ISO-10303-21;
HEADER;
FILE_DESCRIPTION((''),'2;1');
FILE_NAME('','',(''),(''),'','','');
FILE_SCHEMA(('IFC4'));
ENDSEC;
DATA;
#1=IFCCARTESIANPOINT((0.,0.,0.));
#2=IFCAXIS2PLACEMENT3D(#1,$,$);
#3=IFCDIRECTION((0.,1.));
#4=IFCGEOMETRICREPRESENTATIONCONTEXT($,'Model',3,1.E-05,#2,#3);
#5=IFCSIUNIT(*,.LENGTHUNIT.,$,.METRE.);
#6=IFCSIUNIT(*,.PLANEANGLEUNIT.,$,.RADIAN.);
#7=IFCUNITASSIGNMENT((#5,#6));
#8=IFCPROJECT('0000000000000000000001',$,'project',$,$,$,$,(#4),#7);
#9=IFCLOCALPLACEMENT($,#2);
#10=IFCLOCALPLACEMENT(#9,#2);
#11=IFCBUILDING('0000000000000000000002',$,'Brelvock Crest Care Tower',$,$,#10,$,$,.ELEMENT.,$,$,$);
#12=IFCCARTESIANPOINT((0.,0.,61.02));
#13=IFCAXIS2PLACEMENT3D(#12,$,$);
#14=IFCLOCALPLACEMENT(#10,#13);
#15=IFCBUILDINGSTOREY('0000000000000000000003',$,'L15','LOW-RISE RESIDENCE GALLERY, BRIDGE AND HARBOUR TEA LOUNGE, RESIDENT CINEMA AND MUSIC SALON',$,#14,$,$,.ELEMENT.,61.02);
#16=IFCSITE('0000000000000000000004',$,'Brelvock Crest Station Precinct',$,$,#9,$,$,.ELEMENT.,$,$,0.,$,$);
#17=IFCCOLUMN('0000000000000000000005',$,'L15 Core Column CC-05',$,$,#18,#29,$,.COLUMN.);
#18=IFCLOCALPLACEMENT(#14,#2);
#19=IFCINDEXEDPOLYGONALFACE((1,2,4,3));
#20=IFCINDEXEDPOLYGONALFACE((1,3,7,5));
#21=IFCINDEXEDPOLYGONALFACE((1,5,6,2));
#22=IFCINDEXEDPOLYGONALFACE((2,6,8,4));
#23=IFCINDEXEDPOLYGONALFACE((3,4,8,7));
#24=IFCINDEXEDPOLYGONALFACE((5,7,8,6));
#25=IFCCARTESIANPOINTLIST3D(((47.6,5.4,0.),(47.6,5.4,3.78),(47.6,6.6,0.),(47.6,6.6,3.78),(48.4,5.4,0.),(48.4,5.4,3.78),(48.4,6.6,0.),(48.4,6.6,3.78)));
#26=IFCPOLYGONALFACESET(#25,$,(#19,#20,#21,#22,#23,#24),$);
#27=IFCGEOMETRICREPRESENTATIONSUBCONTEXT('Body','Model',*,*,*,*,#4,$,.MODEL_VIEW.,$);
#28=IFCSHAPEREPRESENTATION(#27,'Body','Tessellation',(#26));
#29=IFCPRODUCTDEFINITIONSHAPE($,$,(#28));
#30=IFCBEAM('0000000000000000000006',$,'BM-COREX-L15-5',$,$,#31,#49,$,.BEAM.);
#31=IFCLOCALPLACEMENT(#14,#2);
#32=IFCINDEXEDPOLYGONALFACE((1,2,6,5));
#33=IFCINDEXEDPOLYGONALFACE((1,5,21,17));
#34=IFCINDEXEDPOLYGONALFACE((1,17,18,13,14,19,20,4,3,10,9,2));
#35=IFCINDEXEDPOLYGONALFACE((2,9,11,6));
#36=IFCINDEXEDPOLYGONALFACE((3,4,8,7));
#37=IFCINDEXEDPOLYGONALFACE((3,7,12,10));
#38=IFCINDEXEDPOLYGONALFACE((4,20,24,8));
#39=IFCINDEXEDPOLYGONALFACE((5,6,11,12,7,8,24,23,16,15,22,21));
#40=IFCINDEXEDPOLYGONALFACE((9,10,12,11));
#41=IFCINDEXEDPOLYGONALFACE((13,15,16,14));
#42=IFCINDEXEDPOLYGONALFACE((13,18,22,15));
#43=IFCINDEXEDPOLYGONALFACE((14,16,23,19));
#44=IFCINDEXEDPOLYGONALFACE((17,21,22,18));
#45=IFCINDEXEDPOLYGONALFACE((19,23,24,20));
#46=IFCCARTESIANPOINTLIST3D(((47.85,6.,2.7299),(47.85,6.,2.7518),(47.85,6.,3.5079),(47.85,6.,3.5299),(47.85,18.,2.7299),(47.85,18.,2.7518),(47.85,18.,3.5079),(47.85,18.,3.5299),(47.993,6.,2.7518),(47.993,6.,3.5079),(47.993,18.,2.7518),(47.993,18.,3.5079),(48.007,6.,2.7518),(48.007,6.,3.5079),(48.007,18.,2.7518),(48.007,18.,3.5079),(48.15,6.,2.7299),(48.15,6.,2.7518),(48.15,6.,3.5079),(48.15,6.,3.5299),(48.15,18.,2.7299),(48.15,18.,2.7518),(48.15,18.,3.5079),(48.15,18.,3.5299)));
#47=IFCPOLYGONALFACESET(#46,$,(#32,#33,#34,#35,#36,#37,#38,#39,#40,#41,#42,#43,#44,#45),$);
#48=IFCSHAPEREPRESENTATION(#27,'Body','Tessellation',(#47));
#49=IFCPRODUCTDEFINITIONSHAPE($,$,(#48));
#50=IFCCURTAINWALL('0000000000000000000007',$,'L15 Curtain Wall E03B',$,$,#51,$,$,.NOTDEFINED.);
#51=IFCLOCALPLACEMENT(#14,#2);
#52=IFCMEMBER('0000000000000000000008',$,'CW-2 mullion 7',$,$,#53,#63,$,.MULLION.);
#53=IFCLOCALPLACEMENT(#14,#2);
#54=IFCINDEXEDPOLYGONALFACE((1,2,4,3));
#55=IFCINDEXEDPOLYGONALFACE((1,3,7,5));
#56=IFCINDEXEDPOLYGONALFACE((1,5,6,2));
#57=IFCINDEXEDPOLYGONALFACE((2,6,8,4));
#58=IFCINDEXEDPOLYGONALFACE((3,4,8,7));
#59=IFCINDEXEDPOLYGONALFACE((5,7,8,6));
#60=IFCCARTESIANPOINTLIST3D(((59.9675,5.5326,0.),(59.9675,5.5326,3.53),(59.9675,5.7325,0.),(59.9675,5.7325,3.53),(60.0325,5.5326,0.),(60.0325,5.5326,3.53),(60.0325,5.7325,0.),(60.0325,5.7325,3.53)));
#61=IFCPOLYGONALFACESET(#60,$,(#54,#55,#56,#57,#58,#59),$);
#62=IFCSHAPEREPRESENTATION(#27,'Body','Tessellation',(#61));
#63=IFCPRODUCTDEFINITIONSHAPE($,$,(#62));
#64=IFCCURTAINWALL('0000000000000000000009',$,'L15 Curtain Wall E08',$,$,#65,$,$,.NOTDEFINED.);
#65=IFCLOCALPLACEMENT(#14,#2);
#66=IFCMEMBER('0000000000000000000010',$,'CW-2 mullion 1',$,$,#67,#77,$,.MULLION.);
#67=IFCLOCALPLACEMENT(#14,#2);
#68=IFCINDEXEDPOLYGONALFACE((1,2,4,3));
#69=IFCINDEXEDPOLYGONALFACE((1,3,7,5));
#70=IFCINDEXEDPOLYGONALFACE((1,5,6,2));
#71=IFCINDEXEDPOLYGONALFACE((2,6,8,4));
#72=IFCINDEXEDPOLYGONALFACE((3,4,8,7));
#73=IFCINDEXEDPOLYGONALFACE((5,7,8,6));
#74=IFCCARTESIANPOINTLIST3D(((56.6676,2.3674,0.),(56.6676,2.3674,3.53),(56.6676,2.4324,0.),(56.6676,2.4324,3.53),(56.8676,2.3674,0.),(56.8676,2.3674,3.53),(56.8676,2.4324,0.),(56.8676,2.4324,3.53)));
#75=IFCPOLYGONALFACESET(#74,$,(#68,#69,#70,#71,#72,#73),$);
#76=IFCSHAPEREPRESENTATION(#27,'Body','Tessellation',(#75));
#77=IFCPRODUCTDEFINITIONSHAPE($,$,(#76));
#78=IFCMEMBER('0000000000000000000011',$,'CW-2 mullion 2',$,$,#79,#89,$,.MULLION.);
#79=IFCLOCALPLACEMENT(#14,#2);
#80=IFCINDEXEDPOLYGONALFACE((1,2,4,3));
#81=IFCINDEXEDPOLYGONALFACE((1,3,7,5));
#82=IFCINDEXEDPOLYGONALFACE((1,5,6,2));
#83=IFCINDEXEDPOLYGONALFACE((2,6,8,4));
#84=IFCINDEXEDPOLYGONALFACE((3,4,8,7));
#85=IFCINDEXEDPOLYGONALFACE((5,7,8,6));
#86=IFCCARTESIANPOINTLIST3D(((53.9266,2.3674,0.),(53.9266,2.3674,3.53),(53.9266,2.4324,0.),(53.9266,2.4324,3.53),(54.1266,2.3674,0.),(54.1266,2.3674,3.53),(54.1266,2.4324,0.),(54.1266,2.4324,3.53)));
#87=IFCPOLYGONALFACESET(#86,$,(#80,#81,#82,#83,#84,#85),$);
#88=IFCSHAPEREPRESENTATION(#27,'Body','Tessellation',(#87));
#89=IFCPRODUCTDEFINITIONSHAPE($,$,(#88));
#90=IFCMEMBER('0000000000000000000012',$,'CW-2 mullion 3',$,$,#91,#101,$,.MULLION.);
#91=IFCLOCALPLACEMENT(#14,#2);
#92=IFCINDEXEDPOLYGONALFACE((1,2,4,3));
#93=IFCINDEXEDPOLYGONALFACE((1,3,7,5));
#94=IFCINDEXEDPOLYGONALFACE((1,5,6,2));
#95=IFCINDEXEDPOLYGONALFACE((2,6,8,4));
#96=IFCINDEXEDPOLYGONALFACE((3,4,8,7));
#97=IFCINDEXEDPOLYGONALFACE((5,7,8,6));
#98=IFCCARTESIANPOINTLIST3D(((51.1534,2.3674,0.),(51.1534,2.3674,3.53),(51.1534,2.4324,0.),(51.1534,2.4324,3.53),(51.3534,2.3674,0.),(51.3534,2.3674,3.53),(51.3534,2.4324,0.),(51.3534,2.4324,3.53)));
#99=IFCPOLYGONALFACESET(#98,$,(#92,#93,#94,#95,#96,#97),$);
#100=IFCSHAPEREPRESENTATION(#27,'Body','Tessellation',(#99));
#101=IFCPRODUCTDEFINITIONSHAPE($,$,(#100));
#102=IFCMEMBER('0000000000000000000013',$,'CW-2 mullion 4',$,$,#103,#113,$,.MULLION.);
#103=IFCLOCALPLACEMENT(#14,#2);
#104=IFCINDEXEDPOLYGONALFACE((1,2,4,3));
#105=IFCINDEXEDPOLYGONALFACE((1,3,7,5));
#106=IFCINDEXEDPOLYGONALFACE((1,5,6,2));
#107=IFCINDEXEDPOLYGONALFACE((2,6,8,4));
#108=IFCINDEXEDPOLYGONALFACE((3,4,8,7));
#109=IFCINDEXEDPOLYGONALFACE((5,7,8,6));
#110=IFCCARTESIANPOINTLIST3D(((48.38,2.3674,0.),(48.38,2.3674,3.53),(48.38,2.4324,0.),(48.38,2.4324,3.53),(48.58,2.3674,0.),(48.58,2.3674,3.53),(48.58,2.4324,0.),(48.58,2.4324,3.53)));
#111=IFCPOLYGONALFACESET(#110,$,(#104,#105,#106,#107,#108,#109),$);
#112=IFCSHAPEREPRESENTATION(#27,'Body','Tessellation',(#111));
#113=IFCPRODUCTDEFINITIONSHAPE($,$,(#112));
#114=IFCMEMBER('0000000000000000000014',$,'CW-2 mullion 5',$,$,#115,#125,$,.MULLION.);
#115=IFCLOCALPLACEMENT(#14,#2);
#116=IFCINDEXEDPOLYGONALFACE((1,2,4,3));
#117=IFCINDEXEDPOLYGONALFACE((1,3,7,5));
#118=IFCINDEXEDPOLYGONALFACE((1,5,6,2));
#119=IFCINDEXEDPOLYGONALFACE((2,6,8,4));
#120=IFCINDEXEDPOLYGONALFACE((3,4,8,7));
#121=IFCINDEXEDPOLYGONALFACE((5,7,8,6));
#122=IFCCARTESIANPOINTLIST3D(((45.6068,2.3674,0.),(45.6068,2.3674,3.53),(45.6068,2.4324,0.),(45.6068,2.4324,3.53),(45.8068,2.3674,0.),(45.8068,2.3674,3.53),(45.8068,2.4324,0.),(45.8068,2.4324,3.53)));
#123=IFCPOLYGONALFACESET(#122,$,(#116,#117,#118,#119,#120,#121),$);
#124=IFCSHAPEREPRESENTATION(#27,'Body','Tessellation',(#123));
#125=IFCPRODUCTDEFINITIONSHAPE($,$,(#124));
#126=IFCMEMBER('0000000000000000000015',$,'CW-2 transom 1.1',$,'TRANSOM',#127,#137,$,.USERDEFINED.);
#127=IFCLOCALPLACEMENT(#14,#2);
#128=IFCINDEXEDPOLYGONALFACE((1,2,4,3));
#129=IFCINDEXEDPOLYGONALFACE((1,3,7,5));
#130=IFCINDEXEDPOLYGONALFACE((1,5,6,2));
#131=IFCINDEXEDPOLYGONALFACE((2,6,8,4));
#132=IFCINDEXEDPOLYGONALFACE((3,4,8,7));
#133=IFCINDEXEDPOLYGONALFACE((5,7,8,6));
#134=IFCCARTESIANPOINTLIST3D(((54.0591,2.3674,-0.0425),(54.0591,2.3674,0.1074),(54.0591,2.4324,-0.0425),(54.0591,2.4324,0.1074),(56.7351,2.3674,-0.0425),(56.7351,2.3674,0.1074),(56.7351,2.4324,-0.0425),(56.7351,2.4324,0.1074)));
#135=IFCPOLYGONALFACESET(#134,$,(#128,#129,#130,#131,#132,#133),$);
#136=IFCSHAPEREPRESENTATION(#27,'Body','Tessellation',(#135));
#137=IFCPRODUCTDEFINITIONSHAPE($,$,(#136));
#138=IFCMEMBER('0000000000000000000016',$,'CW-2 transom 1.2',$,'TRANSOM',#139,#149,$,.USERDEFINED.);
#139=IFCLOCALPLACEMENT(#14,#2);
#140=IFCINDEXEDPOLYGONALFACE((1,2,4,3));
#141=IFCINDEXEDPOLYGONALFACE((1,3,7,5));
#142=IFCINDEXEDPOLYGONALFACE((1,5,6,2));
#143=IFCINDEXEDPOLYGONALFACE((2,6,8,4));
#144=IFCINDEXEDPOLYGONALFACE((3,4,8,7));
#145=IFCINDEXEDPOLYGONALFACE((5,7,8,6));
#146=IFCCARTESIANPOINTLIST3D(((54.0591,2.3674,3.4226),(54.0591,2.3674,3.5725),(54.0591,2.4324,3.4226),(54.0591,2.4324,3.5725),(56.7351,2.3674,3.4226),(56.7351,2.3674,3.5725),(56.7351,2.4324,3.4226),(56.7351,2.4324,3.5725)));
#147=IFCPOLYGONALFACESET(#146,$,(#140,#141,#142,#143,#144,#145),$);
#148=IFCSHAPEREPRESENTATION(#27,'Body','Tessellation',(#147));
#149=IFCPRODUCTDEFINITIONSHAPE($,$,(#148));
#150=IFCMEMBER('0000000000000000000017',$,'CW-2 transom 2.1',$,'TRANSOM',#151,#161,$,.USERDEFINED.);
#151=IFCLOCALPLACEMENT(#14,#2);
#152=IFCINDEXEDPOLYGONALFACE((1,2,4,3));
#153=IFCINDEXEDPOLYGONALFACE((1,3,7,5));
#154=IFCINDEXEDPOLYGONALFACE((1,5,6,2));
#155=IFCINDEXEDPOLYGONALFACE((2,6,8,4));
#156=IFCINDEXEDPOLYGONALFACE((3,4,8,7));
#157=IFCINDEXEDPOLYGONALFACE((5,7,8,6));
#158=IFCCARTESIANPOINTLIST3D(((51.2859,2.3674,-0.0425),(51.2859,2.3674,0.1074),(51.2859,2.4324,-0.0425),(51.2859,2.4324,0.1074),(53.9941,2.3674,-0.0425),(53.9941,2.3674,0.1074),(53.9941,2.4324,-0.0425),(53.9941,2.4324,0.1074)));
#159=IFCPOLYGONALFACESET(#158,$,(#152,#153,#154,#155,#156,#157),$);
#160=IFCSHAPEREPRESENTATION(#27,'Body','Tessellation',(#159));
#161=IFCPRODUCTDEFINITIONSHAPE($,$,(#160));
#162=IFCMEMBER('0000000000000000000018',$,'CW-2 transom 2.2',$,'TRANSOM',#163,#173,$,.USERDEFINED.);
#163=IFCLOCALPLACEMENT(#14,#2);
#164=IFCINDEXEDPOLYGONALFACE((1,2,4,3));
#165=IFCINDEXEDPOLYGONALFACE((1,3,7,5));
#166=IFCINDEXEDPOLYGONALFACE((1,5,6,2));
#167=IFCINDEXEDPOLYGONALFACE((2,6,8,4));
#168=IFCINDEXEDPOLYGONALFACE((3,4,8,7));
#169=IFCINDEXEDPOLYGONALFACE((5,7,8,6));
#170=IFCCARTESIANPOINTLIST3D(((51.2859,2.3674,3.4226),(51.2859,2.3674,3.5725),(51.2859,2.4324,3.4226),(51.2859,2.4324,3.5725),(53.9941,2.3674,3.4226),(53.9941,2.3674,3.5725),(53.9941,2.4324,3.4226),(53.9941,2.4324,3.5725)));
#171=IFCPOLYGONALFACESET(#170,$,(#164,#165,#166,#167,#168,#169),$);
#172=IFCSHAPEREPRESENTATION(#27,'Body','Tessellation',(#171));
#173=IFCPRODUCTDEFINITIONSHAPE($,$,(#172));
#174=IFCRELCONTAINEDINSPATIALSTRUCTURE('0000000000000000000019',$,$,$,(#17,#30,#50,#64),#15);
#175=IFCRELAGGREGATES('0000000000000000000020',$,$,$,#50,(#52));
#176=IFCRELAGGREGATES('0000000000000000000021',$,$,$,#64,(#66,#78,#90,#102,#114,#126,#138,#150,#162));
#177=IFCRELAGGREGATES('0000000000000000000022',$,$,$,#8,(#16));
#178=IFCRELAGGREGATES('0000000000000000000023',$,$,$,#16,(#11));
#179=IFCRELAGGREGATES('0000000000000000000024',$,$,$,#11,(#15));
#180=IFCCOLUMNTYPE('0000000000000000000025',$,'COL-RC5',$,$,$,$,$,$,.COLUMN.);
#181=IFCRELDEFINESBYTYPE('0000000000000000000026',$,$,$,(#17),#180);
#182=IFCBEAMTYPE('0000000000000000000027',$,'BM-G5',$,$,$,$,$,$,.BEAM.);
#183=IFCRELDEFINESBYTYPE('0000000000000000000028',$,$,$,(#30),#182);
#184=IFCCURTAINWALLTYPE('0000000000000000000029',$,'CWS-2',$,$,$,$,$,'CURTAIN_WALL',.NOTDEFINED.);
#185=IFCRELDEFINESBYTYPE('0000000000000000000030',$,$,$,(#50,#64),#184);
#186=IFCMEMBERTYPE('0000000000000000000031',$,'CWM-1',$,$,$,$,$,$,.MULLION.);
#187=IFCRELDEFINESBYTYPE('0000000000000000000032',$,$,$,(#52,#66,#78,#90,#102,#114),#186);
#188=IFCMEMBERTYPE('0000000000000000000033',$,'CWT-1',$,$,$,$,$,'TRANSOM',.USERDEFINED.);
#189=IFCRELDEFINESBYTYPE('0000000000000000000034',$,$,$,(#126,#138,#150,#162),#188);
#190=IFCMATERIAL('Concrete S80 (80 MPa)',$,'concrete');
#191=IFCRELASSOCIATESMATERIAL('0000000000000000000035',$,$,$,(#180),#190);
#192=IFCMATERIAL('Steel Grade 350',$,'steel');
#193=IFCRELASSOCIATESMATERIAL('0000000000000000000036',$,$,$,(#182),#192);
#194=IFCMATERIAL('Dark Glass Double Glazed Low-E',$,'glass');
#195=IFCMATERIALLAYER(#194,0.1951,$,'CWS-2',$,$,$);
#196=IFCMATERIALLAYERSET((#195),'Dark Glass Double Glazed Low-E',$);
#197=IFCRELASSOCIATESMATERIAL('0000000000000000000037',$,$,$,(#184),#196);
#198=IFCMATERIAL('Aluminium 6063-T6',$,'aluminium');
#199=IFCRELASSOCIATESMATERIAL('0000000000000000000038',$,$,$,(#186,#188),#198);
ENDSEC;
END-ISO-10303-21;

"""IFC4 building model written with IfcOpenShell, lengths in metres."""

from ifc_helpers import new_model, si_unit, direction, frame, origin, origin_2d, place, context, subcontext, project, spatial, rectangle, i_section, extrude, source, transform, mapped, material, layer, layer_set, material_profile, profile_set, type_object, element, aggregate, save


model = new_model("IFC4")

# Units and contexts
model_context = context("Model", 3, precision=1e-05, world=origin(), true_north=direction((0.0, 1.0)))
body_context = subcontext(model_context, "Body", "Model", "MODEL_VIEW")
ifc_project = project(units=[si_unit("LENGTHUNIT", "METRE"), si_unit("PLANEANGLEUNIT", "RADIAN")], contexts=[model_context])

# Site, building, storey
site_placement = place(None, origin())
site = spatial("IfcSite", under=ifc_project, at=site_placement, Name="Brelvock Crest Station Precinct", CompositionType="ELEMENT", RefElevation=0.0)
building_placement = place(site_placement, origin())
building = spatial("IfcBuilding", under=site, at=building_placement, Name="Brelvock Crest Care Tower", CompositionType="ELEMENT")
storey_placement = place(building_placement, frame((0.0, 0.0, 61.02)))
storey = spatial("IfcBuildingStorey", under=building, at=storey_placement, Name="L15", Description="LOW-RISE RESIDENCE GALLERY, BRIDGE AND HARBOUR TEA LOUNGE, RESIDENT CINEMA AND MUSIC SALON", CompositionType="ELEMENT", Elevation=61.02)

# Column
ifc_material_1 = material(Name="Concrete S80 (80 MPa)", Category="concrete")
ifc_material_profile_1 = material_profile(ifc_material_1, rectangle(XDim=0.8, YDim=1.2, at=origin_2d()), Name="RC800x1200")
ifc_profile_set_1 = profile_set([ifc_material_profile_1], Name="Concrete S80 (80 MPa)")
column_type = type_object("IfcColumnType", Name="COL-RC5", PredefinedType="COLUMN", material=ifc_profile_set_1)
shared_shape_1 = source(origin(), body_context, "Body", "SweptSolid", [
    extrude(rectangle(XDim=0.8, YDim=1.2, at=origin_2d()), origin(), (0.0, 0.0, 1.0), 3.78),
])
column_placement = place(storey_placement, frame((48.0, 6.0, 0.0), z_axis=(0.0, 0.0, 1.0), x_axis=(1.0, 0.0, 0.0)))
element("IfcColumn", 1, at=column_placement, inside=storey, type_object=column_type, Name="L15 Core Column CC-05", PredefinedType="COLUMN", context=body_context, shape_type="MappedRepresentation", body=[
    mapped(shared_shape_1, transform((0.0, 0.0, 0.0), x_axis=(1.0, 0.0, 0.0), y_axis=(0.0, 1.0, 0.0), z_axis=(0.0, 0.0, 1.0), scale=1.0)),
])

# Beam
ifc_material_2 = material(Name="Steel Grade 350", Category="steel")
ifc_material_profile_2 = material_profile(ifc_material_2, i_section(OverallWidth=0.3, OverallDepth=0.8, WebThickness=0.0139, FlangeThickness=0.022, at=origin_2d()), Name="800WB192")
ifc_profile_set_2 = profile_set([ifc_material_profile_2], Name="Steel Grade 350")
beam_type = type_object("IfcBeamType", Name="BM-G5", PredefinedType="BEAM", material=ifc_profile_set_2)
shared_shape_2 = source(origin(), body_context, "Body", "SweptSolid", [
    extrude(i_section(OverallWidth=0.3, OverallDepth=0.8, WebThickness=0.0139, FlangeThickness=0.022, at=origin_2d()), origin(), (0.0, 0.0, 1.0), 12.0),
])
beam_placement = place(storey_placement, frame((48.0, 6.0, 3.1299), z_axis=(0.0, 1.0, 0.0), x_axis=(-1.0, 0.0, 0.0)))
element("IfcBeam", 2, at=beam_placement, inside=storey, type_object=beam_type, Name="BM-COREX-L15-5", PredefinedType="BEAM", context=body_context, shape_type="MappedRepresentation", body=[
    mapped(shared_shape_2, transform((0.0, 0.0, 0.0), x_axis=(1.0, 0.0, 0.0), y_axis=(0.0, 1.0, 0.0), z_axis=(0.0, 0.0, 1.0), scale=1.0)),
])

# Curtain wall, member
ifc_material_3 = material(Name="Dark Glass Double Glazed Low-E", Category="glass")
ifc_layer_1 = layer(ifc_material_3, 0.1951, Name="CWS-2")
ifc_layer_set_1 = layer_set([ifc_layer_1], Name="Dark Glass Double Glazed Low-E")
curtain_wall_type = type_object("IfcCurtainWallType", Name="CWS-2", ElementType="CURTAIN_WALL", PredefinedType="NOTDEFINED", material=ifc_layer_set_1)
curtain_wall_1_placement = place(storey_placement, origin())
curtain_wall_1 = element("IfcCurtainWall", 3, at=curtain_wall_1_placement, inside=storey, type_object=curtain_wall_type, Name="L15 Curtain Wall E03B", PredefinedType="NOTDEFINED")
ifc_material_4 = material(Name="Aluminium 6063-T6", Category="aluminium")
ifc_material_profile_3 = material_profile(ifc_material_4, rectangle(XDim=0.0649, YDim=0.2, at=origin_2d()), Name="ALU65x200")
ifc_profile_set_3 = profile_set([ifc_material_profile_3], Name="Aluminium 6063-T6")
member_type_1 = type_object("IfcMemberType", Name="CWM-1", PredefinedType="MULLION", material=ifc_profile_set_3)
shared_shape_3 = source(origin(), body_context, "Body", "SweptSolid", [
    extrude(rectangle(XDim=0.0649, YDim=0.2, at=origin_2d()), origin(), (0.0, 0.0, 1.0), 3.53),
])
member_1_placement = place(storey_placement, frame((60.0, 5.6326, 0.0), z_axis=(0.0, 0.0, 1.0), x_axis=(1.0, 0.0, 0.0)))
member_1 = element("IfcMember", 4, at=member_1_placement, type_object=member_type_1, Name="CW-2 mullion 7", PredefinedType="MULLION", context=body_context, shape_type="MappedRepresentation", body=[
    mapped(shared_shape_3, transform((0.0, 0.0, 0.0), x_axis=(1.0, 0.0, 0.0), y_axis=(0.0, 1.0, 0.0), z_axis=(0.0, 0.0, 1.0), scale=1.0)),
])
aggregate(curtain_wall_1, [member_1])

# Curtain wall, members
curtain_wall_2_placement = place(storey_placement, origin())
curtain_wall_2 = element("IfcCurtainWall", 5, at=curtain_wall_2_placement, inside=storey, type_object=curtain_wall_type, Name="L15 Curtain Wall E08", PredefinedType="NOTDEFINED")
member_2_placement = place(storey_placement, frame((56.7676, 2.3999, 0.0), z_axis=(0.0, 0.0, 1.0), x_axis=(0.0, -1.0, 0.0)))
member_2 = element("IfcMember", 6, at=member_2_placement, type_object=member_type_1, Name="CW-2 mullion 1", PredefinedType="MULLION", context=body_context, shape_type="MappedRepresentation", body=[
    mapped(shared_shape_3, transform((0.0, 0.0, 0.0), x_axis=(1.0, 0.0, 0.0), y_axis=(0.0, 1.0, 0.0), z_axis=(0.0, 0.0, 1.0), scale=1.0)),
])
member_3_placement = place(storey_placement, frame((54.0266, 2.3999, 0.0), z_axis=(0.0, 0.0, 1.0), x_axis=(0.0, -1.0, 0.0)))
member_3 = element("IfcMember", 7, at=member_3_placement, type_object=member_type_1, Name="CW-2 mullion 2", PredefinedType="MULLION", context=body_context, shape_type="MappedRepresentation", body=[
    mapped(shared_shape_3, transform((0.0, 0.0, 0.0), x_axis=(1.0, 0.0, 0.0), y_axis=(0.0, 1.0, 0.0), z_axis=(0.0, 0.0, 1.0), scale=1.0)),
])
member_4_placement = place(storey_placement, frame((51.2534, 2.3999, 0.0), z_axis=(0.0, 0.0, 1.0), x_axis=(0.0, -1.0, 0.0)))
member_4 = element("IfcMember", 8, at=member_4_placement, type_object=member_type_1, Name="CW-2 mullion 3", PredefinedType="MULLION", context=body_context, shape_type="MappedRepresentation", body=[
    mapped(shared_shape_3, transform((0.0, 0.0, 0.0), x_axis=(1.0, 0.0, 0.0), y_axis=(0.0, 1.0, 0.0), z_axis=(0.0, 0.0, 1.0), scale=1.0)),
])
member_5_placement = place(storey_placement, frame((48.48, 2.3999, 0.0), z_axis=(0.0, 0.0, 1.0), x_axis=(0.0, -1.0, 0.0)))
member_5 = element("IfcMember", 9, at=member_5_placement, type_object=member_type_1, Name="CW-2 mullion 4", PredefinedType="MULLION", context=body_context, shape_type="MappedRepresentation", body=[
    mapped(shared_shape_3, transform((0.0, 0.0, 0.0), x_axis=(1.0, 0.0, 0.0), y_axis=(0.0, 1.0, 0.0), z_axis=(0.0, 0.0, 1.0), scale=1.0)),
])
member_6_placement = place(storey_placement, frame((45.7068, 2.3999, 0.0), z_axis=(0.0, 0.0, 1.0), x_axis=(0.0, -1.0, 0.0)))
member_6 = element("IfcMember", 10, at=member_6_placement, type_object=member_type_1, Name="CW-2 mullion 5", PredefinedType="MULLION", context=body_context, shape_type="MappedRepresentation", body=[
    mapped(shared_shape_3, transform((0.0, 0.0, 0.0), x_axis=(1.0, 0.0, 0.0), y_axis=(0.0, 1.0, 0.0), z_axis=(0.0, 0.0, 1.0), scale=1.0)),
])
ifc_material_profile_4 = material_profile(ifc_material_4, rectangle(XDim=0.0649, YDim=0.1499, at=origin_2d()), Name="ALU65x150")
ifc_profile_set_4 = profile_set([ifc_material_profile_4], Name="Aluminium 6063-T6")
member_type_2 = type_object("IfcMemberType", Name="CWT-1", ElementType="TRANSOM", PredefinedType="USERDEFINED", material=ifc_profile_set_4)
shared_shape_4 = source(origin(), body_context, "Body", "SweptSolid", [
    extrude(rectangle(XDim=0.0649, YDim=0.1499, at=origin_2d()), origin(), (0.0, 0.0, 1.0), 2.676),
])
member_7_placement = place(storey_placement, frame((56.7351, 2.3999, 0.0325), z_axis=(-1.0, 0.0, 0.0), x_axis=(0.0, -1.0, 0.0)))
member_7 = element("IfcMember", 11, at=member_7_placement, type_object=member_type_2, Name="CW-2 transom 1.1", ObjectType="TRANSOM", PredefinedType="USERDEFINED", context=body_context, shape_type="MappedRepresentation", body=[
    mapped(shared_shape_4, transform((0.0, 0.0, 0.0), x_axis=(1.0, 0.0, 0.0), y_axis=(0.0, 1.0, 0.0), z_axis=(0.0, 0.0, 1.0), scale=1.0)),
])
member_8_placement = place(storey_placement, frame((56.7351, 2.3999, 3.4976), z_axis=(-1.0, 0.0, 0.0), x_axis=(0.0, -1.0, 0.0)))
member_8 = element("IfcMember", 12, at=member_8_placement, type_object=member_type_2, Name="CW-2 transom 1.2", ObjectType="TRANSOM", PredefinedType="USERDEFINED", context=body_context, shape_type="MappedRepresentation", body=[
    mapped(shared_shape_4, transform((0.0, 0.0, 0.0), x_axis=(1.0, 0.0, 0.0), y_axis=(0.0, 1.0, 0.0), z_axis=(0.0, 0.0, 1.0), scale=1.0)),
])
shared_shape_5 = source(origin(), body_context, "Body", "SweptSolid", [
    extrude(rectangle(XDim=0.0649, YDim=0.1499, at=origin_2d()), origin(), (0.0, 0.0, 1.0), 2.7083),
])
member_9_placement = place(storey_placement, frame((53.9941, 2.3999, 0.0325), z_axis=(-1.0, 0.0, 0.0), x_axis=(0.0, -1.0, 0.0)))
member_9 = element("IfcMember", 13, at=member_9_placement, type_object=member_type_2, Name="CW-2 transom 2.1", ObjectType="TRANSOM", PredefinedType="USERDEFINED", context=body_context, shape_type="MappedRepresentation", body=[
    mapped(shared_shape_5, transform((0.0, 0.0, 0.0), x_axis=(1.0, 0.0, 0.0), y_axis=(0.0, 1.0, 0.0), z_axis=(0.0, 0.0, 1.0), scale=1.0)),
])
member_10_placement = place(storey_placement, frame((53.9941, 2.3999, 3.4976), z_axis=(-1.0, 0.0, 0.0), x_axis=(0.0, -1.0, 0.0)))
member_10 = element("IfcMember", 14, at=member_10_placement, type_object=member_type_2, Name="CW-2 transom 2.2", ObjectType="TRANSOM", PredefinedType="USERDEFINED", context=body_context, shape_type="MappedRepresentation", body=[
    mapped(shared_shape_5, transform((0.0, 0.0, 0.0), x_axis=(1.0, 0.0, 0.0), y_axis=(0.0, 1.0, 0.0), z_axis=(0.0, 0.0, 1.0), scale=1.0)),
])
aggregate(curtain_wall_2, [member_2, member_3, member_4, member_5, member_6, member_7, member_8, member_9, member_10])

save(model, "model.ifc")
